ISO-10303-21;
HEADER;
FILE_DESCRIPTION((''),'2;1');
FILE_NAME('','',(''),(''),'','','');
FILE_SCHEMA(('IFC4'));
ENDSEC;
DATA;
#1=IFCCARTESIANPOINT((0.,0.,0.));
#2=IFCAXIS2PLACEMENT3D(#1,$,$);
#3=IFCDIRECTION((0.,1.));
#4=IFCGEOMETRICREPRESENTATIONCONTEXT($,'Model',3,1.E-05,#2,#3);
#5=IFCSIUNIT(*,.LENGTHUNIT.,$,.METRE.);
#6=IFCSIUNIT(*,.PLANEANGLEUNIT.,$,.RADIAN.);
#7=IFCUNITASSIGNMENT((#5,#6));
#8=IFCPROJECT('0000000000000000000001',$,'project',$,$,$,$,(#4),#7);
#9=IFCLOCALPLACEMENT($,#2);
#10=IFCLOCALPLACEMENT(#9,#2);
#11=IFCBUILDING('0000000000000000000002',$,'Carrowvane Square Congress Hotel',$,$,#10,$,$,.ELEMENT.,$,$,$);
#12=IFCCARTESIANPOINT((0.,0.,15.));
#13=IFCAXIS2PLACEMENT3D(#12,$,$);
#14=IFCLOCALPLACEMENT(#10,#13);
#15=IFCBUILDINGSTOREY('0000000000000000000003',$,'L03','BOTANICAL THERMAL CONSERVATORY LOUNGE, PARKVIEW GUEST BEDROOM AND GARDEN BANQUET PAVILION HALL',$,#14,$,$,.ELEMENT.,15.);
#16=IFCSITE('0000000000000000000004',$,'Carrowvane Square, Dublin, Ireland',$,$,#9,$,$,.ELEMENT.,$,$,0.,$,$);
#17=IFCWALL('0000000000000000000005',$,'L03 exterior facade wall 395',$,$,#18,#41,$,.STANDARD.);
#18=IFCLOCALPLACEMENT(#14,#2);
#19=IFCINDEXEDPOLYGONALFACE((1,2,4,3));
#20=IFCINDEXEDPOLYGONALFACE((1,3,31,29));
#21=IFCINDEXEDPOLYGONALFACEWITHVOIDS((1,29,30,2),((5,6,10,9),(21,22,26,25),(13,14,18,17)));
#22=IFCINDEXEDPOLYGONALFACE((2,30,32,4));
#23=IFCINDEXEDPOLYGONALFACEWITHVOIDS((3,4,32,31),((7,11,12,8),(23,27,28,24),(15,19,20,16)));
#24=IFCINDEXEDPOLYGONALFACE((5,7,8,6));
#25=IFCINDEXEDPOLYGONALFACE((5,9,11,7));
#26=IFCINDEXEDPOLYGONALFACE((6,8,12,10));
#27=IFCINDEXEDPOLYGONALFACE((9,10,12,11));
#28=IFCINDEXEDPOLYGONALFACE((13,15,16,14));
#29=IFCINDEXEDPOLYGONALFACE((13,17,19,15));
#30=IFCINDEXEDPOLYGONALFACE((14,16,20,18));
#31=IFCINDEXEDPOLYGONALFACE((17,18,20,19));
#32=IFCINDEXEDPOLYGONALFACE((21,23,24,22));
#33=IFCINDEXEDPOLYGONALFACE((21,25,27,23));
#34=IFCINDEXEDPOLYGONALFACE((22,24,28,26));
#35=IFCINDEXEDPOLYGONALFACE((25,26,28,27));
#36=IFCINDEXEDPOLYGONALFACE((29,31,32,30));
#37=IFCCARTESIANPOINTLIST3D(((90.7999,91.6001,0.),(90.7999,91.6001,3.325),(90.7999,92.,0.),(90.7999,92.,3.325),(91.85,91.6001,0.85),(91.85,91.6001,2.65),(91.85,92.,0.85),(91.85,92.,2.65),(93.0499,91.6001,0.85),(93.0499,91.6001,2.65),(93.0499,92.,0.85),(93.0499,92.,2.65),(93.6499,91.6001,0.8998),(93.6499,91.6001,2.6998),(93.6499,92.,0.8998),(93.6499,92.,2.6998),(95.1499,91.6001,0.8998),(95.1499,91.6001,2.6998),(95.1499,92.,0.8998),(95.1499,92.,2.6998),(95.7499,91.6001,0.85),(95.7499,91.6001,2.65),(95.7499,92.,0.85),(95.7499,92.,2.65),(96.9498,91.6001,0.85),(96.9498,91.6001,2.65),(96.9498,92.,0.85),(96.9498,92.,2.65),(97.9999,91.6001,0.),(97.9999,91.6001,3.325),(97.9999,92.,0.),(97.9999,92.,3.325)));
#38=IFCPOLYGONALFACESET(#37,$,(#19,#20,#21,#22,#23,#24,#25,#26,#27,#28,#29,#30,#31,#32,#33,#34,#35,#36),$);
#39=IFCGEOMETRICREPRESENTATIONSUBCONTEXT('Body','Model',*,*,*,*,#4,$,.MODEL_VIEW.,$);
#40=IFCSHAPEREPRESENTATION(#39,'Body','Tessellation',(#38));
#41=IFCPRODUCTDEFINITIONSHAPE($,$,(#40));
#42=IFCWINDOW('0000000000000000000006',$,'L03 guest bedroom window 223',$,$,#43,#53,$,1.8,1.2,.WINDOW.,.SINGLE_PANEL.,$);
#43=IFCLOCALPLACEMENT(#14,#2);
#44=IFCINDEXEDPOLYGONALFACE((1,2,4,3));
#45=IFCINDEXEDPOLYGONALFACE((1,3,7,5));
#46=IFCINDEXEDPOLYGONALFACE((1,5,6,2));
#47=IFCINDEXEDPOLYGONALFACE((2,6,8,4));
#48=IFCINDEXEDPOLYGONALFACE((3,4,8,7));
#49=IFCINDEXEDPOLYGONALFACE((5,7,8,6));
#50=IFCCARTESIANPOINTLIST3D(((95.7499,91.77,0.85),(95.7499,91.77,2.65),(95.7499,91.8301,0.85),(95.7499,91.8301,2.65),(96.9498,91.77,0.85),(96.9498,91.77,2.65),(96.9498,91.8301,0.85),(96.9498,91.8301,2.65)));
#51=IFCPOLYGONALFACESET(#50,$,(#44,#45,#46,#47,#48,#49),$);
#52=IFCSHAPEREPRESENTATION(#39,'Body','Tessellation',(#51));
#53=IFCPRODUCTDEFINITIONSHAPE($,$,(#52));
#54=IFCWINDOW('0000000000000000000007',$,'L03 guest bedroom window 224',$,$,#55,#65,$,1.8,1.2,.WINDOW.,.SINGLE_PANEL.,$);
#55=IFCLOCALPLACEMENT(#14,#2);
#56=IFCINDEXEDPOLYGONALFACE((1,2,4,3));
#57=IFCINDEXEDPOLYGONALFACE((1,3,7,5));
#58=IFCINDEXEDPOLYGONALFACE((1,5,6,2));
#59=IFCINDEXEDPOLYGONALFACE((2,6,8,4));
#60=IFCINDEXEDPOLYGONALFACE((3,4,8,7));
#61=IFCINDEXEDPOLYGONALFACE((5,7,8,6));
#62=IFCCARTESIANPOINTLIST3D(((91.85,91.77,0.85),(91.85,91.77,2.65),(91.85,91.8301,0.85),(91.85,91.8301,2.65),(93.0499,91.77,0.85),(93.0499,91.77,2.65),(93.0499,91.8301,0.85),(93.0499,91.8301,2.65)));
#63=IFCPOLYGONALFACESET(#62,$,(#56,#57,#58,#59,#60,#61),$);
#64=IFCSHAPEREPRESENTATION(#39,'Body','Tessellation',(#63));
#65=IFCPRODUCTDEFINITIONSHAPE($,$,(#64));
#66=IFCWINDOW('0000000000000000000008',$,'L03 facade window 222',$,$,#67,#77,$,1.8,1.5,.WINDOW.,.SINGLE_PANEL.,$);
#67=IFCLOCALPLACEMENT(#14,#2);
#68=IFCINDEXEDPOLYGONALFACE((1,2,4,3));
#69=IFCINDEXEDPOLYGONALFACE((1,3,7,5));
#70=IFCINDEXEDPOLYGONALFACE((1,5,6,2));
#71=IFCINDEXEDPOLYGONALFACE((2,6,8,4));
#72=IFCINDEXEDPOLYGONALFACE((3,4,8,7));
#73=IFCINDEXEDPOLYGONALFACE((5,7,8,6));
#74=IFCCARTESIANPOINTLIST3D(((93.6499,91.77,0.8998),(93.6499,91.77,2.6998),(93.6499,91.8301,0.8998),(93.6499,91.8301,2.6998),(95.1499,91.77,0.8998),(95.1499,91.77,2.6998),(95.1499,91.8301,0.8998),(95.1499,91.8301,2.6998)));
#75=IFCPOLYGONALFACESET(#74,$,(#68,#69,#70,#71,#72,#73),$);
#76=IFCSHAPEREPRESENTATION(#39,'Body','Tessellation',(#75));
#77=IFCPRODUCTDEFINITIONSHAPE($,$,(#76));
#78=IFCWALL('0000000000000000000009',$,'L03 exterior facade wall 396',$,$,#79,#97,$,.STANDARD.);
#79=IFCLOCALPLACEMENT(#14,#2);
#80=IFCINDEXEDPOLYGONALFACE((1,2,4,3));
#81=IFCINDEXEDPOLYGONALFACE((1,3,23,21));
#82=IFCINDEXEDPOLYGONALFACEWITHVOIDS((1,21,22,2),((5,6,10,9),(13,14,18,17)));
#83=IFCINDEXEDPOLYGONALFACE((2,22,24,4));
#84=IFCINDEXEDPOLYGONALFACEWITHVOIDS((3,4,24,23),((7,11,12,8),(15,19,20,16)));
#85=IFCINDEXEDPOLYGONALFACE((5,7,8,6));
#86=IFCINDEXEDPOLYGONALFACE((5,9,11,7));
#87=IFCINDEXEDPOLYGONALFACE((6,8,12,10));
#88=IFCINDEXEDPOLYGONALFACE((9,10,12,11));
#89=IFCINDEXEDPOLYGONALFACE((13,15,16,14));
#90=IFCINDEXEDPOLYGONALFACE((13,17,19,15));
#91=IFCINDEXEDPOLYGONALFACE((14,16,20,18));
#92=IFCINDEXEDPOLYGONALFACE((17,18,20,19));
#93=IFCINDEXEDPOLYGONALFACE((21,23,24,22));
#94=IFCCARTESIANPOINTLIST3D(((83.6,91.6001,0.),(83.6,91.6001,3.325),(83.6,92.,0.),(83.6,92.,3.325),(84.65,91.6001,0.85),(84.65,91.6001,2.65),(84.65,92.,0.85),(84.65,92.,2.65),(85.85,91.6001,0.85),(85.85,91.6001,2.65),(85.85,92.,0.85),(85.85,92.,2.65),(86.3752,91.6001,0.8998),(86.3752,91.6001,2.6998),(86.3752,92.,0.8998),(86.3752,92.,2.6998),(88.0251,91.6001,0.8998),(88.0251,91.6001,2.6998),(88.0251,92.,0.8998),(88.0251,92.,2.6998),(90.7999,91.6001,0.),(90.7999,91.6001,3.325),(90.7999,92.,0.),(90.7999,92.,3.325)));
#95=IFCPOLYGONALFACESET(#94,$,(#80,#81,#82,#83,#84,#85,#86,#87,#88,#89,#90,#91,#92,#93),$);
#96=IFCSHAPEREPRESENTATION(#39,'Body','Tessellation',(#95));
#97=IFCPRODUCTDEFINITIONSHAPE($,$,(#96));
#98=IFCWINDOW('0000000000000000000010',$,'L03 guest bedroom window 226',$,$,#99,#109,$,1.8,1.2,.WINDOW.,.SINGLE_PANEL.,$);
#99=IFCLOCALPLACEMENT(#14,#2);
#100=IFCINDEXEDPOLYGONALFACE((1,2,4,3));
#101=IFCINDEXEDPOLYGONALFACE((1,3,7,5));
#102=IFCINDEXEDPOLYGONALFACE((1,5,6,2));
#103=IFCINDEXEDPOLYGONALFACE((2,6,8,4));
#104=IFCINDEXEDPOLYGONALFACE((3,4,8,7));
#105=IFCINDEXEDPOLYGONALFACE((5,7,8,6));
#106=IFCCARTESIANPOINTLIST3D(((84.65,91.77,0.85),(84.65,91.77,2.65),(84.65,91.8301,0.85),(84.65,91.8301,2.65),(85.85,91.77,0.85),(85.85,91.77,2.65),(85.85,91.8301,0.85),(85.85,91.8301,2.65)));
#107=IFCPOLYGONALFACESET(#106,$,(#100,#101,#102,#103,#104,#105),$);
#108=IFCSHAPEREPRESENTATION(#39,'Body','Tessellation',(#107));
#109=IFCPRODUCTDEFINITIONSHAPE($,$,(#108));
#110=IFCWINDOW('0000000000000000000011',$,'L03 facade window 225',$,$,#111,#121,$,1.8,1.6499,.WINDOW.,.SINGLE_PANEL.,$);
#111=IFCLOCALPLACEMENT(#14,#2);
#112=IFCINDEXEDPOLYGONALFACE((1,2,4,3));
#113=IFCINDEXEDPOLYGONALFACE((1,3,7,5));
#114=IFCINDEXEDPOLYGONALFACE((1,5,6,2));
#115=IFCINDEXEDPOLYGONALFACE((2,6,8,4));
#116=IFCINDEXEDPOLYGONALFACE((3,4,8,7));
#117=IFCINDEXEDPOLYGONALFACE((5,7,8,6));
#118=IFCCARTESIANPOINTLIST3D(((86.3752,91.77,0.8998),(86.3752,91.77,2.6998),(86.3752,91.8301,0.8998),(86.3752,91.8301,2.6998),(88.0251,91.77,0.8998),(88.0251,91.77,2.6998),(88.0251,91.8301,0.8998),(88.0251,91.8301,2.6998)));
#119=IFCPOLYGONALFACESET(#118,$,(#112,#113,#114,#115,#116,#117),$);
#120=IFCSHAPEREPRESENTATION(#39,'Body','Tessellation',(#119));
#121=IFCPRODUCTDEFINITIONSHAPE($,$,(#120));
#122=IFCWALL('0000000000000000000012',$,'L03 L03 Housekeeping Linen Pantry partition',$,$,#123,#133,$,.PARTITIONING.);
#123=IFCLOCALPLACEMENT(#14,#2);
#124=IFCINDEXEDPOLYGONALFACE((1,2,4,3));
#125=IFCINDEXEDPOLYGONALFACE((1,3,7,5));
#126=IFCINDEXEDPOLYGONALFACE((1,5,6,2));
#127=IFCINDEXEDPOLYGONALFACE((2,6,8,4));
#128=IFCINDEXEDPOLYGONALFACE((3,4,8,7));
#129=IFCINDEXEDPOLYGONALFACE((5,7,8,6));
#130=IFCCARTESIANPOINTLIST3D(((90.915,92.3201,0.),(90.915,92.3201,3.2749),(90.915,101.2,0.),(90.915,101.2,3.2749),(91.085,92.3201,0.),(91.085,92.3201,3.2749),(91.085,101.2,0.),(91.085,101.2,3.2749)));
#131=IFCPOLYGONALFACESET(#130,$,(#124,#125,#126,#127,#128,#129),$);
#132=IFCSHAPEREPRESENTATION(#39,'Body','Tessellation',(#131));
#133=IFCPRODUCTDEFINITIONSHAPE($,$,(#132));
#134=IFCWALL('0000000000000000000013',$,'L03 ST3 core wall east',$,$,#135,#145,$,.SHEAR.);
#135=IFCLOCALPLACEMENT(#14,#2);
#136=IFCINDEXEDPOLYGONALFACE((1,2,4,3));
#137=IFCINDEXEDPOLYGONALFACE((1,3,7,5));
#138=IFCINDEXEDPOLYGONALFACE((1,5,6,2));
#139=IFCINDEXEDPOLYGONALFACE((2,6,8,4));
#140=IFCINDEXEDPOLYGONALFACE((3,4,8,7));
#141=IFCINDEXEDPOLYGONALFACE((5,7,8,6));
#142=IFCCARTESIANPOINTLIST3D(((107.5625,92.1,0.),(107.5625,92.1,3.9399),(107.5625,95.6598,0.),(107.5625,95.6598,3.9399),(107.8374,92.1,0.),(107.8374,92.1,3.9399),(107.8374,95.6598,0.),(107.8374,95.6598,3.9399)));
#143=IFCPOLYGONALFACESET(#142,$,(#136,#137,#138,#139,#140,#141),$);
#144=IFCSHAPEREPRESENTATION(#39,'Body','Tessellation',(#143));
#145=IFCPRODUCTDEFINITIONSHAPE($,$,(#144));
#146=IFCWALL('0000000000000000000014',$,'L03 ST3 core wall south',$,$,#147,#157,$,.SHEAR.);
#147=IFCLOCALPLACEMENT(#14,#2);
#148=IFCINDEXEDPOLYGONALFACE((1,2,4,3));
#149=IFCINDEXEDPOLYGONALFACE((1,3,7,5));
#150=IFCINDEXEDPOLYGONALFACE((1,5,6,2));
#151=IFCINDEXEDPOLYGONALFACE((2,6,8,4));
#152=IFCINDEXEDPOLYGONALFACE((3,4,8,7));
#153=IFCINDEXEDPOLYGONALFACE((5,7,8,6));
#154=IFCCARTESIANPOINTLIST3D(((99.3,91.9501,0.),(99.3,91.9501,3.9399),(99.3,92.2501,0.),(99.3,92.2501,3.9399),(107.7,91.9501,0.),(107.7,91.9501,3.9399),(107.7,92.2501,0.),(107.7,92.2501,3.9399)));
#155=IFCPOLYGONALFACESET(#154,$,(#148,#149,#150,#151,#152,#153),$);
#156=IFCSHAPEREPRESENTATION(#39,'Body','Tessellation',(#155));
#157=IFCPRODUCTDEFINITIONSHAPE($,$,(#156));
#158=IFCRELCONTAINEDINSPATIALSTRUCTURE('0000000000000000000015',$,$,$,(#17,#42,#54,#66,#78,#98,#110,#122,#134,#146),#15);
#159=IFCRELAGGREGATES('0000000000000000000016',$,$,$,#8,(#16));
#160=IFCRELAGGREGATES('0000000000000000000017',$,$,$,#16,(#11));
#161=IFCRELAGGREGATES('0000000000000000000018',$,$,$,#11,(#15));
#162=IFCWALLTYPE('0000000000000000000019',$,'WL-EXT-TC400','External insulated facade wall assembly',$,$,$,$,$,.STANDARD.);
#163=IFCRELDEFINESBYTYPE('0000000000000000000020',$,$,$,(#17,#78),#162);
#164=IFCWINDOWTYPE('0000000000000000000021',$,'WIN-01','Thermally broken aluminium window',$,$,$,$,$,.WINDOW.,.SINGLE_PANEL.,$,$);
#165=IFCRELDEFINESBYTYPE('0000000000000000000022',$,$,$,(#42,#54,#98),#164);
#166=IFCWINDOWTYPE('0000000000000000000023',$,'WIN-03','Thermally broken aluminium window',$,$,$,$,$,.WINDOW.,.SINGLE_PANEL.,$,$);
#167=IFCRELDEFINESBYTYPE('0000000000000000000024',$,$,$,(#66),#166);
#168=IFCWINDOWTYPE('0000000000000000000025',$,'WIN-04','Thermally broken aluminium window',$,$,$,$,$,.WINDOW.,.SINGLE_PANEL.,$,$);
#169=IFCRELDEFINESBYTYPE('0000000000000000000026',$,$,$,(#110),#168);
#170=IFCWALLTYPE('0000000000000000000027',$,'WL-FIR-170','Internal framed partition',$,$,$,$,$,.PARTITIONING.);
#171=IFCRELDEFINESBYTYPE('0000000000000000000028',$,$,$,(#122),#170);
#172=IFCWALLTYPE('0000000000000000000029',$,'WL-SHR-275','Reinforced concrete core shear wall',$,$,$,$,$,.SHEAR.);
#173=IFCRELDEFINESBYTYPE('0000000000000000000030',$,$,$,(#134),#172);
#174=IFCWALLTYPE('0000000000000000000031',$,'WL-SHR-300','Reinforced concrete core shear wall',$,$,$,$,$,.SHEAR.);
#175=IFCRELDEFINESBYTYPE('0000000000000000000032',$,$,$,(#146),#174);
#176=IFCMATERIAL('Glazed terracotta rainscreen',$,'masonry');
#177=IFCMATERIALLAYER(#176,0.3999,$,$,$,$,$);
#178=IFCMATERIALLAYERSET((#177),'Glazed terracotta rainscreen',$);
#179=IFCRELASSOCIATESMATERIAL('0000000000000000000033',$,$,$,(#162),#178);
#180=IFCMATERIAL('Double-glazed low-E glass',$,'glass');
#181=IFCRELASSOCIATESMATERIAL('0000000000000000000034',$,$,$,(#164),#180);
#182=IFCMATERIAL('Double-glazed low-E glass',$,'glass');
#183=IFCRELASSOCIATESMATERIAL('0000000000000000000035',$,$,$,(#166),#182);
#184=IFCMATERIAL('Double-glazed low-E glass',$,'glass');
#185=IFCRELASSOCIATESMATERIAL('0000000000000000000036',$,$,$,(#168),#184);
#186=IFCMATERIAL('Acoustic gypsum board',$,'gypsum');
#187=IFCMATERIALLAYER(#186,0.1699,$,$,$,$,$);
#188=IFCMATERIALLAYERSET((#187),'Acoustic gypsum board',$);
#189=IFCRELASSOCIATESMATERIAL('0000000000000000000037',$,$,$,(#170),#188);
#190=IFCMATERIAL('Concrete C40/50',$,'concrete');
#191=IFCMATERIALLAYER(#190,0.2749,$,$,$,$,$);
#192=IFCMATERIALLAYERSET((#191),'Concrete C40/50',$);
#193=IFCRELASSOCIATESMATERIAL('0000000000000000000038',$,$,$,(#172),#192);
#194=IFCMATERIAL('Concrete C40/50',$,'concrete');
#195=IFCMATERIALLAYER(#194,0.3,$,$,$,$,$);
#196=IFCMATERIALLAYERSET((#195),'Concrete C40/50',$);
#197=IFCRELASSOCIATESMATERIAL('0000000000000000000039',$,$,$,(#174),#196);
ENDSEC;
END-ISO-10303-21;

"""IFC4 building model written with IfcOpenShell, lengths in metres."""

from ifc_helpers import new_model, si_unit, direction, frame, frame_2d, origin, place, context, subcontext, project, spatial, rectangle, extrude, material, layer, layer_set, type_object, element, fill, save


model = new_model("IFC4")

# Units and contexts
model_context = context("Model", 3, precision=1e-05, world=origin(), true_north=direction((0.0, 1.0)))
body_context = subcontext(model_context, "Body", "Model", "MODEL_VIEW")
ifc_project = project(units=[si_unit("LENGTHUNIT", "METRE"), si_unit("PLANEANGLEUNIT", "RADIAN")], contexts=[model_context])

# Site, building, storey
site_placement = place(None, origin())
site = spatial("IfcSite", under=ifc_project, at=site_placement, Name="Carrowvane Square, Dublin, Ireland", CompositionType="ELEMENT", RefElevation=0.0)
building_placement = place(site_placement, origin())
building = spatial("IfcBuilding", under=site, at=building_placement, Name="Carrowvane Square Congress Hotel", CompositionType="ELEMENT")
storey_placement = place(building_placement, frame((0.0, 0.0, 15.0)))
storey = spatial("IfcBuildingStorey", under=building, at=storey_placement, Name="L03", Description="BOTANICAL THERMAL CONSERVATORY LOUNGE, PARKVIEW GUEST BEDROOM AND GARDEN BANQUET PAVILION HALL", CompositionType="ELEMENT", Elevation=15.0)

# Walls, openings, windows
ifc_material_1 = material(Name="Glazed terracotta rainscreen", Category="masonry")
ifc_layer_1 = layer(ifc_material_1, 0.3999)
ifc_layer_set_1 = layer_set([ifc_layer_1], Name="Glazed terracotta rainscreen")
wall_type_1 = type_object("IfcWallType", Name="WL-EXT-TC400", Description="External insulated facade wall assembly", PredefinedType="STANDARD", material=ifc_layer_set_1)
ifc_material_2 = material(Name="Double-glazed low-E glass", Category="glass")
window_type_1 = type_object("IfcWindowType", Name="WIN-01", Description="Thermally broken aluminium window", PartitioningType="SINGLE_PANEL", PredefinedType="WINDOW", material=ifc_material_2)
wall_1_placement = place(storey_placement, frame((98.0, 91.8, 0.0), z_axis=(0.0, 0.0, 1.0), x_axis=(-1.0, 0.0, 0.0)))
wall_1 = element("IfcWall", 1, at=wall_1_placement, inside=storey, type_object=wall_type_1, Name="L03 exterior facade wall 395", PredefinedType="STANDARD", context=body_context, shape_type="SweptSolid", body=[
    extrude(rectangle(XDim=7.2, YDim=0.3999, at=frame_2d((3.6001, 0.0))), origin(), (0.0, 0.0, 1.0), 3.325),
])
opening_1_placement = place(wall_1_placement, frame((2.8501, 0.0, 0.8999)))
opening_1 = element("IfcOpeningElement", 2, at=opening_1_placement, cuts=wall_1, PredefinedType="OPENING", context=body_context, shape_type="SweptSolid", body=[
    extrude(rectangle(XDim=1.5, YDim=1.8, at=frame_2d((0.75, 0.8999))), frame((0.0, 0.21, 0.0), z_axis=(0.0, -1.0, 0.0), x_axis=(1.0, 0.0, 0.0)), (0.0, 0.0, 1.0), 0.4199),
])
opening_2_placement = place(wall_1_placement, frame((1.05, 0.0, 0.8501)))
opening_2 = element("IfcOpeningElement", 3, at=opening_2_placement, cuts=wall_1, PredefinedType="OPENING", context=body_context, shape_type="SweptSolid", body=[
    extrude(rectangle(XDim=1.2, YDim=1.8, at=frame_2d((0.6001, 0.8999))), frame((0.0, 0.21, 0.0), z_axis=(0.0, -1.0, 0.0), x_axis=(1.0, 0.0, 0.0)), (0.0, 0.0, 1.0), 0.4199),
])
opening_3_placement = place(wall_1_placement, frame((4.95, 0.0, 0.8501)))
opening_3 = element("IfcOpeningElement", 4, at=opening_3_placement, cuts=wall_1, PredefinedType="OPENING", context=body_context, shape_type="SweptSolid", body=[
    extrude(rectangle(XDim=1.2, YDim=1.8, at=frame_2d((0.6001, 0.8999))), frame((0.0, 0.21, 0.0), z_axis=(0.0, -1.0, 0.0), x_axis=(1.0, 0.0, 0.0)), (0.0, 0.0, 1.0), 0.4199),
])
window_1_placement = place(opening_2_placement, origin())
window_1 = element("IfcWindow", 5, at=window_1_placement, inside=storey, type_object=window_type_1, Name="L03 guest bedroom window 223", OverallHeight=1.8, OverallWidth=1.2, PartitioningType="SINGLE_PANEL", PredefinedType="WINDOW", context=body_context, shape_type="SweptSolid", body=[
    extrude(rectangle(XDim=1.2, YDim=1.8, at=frame_2d((0.6001, 0.8999))), frame((0.0, 0.03, 0.0), z_axis=(0.0, -1.0, 0.0), x_axis=(1.0, 0.0, 0.0)), (0.0, 0.0, 1.0), 0.0601),
])
fill(opening_2, window_1)
window_2_placement = place(opening_3_placement, origin())
window_2 = element("IfcWindow", 6, at=window_2_placement, inside=storey, type_object=window_type_1, Name="L03 guest bedroom window 224", OverallHeight=1.8, OverallWidth=1.2, PartitioningType="SINGLE_PANEL", PredefinedType="WINDOW", context=body_context, shape_type="SweptSolid", body=[
    extrude(rectangle(XDim=1.2, YDim=1.8, at=frame_2d((0.6001, 0.8999))), frame((0.0, 0.03, 0.0), z_axis=(0.0, -1.0, 0.0), x_axis=(1.0, 0.0, 0.0)), (0.0, 0.0, 1.0), 0.0601),
])
fill(opening_3, window_2)
ifc_material_3 = material(Name="Double-glazed low-E glass", Category="glass")
window_type_2 = type_object("IfcWindowType", Name="WIN-03", Description="Thermally broken aluminium window", PartitioningType="SINGLE_PANEL", PredefinedType="WINDOW", material=ifc_material_3)
window_3_placement = place(opening_1_placement, origin())
window_3 = element("IfcWindow", 7, at=window_3_placement, inside=storey, type_object=window_type_2, Name="L03 facade window 222", OverallHeight=1.8, OverallWidth=1.5, PartitioningType="SINGLE_PANEL", PredefinedType="WINDOW", context=body_context, shape_type="SweptSolid", body=[
    extrude(rectangle(XDim=1.5, YDim=1.8, at=frame_2d((0.75, 0.8999))), frame((0.0, 0.03, 0.0), z_axis=(0.0, -1.0, 0.0), x_axis=(1.0, 0.0, 0.0)), (0.0, 0.0, 1.0), 0.0601),
])
fill(opening_1, window_3)
wall_2_placement = place(storey_placement, frame((90.8, 91.8, 0.0), z_axis=(0.0, 0.0, 1.0), x_axis=(-1.0, 0.0, 0.0)))
wall_2 = element("IfcWall", 8, at=wall_2_placement, inside=storey, type_object=wall_type_1, Name="L03 exterior facade wall 396", PredefinedType="STANDARD", context=body_context, shape_type="SweptSolid", body=[
    extrude(rectangle(XDim=7.2, YDim=0.3999, at=frame_2d((3.6001, 0.0))), origin(), (0.0, 0.0, 1.0), 3.325),
])
opening_4_placement = place(wall_2_placement, frame((2.7749, 0.0, 0.8999)))
opening_4 = element("IfcOpeningElement", 9, at=opening_4_placement, cuts=wall_2, PredefinedType="OPENING", context=body_context, shape_type="SweptSolid", body=[
    extrude(rectangle(XDim=1.6499, YDim=1.8, at=frame_2d((0.825, 0.8999))), frame((0.0, 0.21, 0.0), z_axis=(0.0, -1.0, 0.0), x_axis=(1.0, 0.0, 0.0)), (0.0, 0.0, 1.0), 0.4199),
])
opening_5_placement = place(wall_2_placement, frame((4.95, 0.0, 0.8501)))
opening_5 = element("IfcOpeningElement", 10, at=opening_5_placement, cuts=wall_2, PredefinedType="OPENING", context=body_context, shape_type="SweptSolid", body=[
    extrude(rectangle(XDim=1.2, YDim=1.8, at=frame_2d((0.6001, 0.8999))), frame((0.0, 0.21, 0.0), z_axis=(0.0, -1.0, 0.0), x_axis=(1.0, 0.0, 0.0)), (0.0, 0.0, 1.0), 0.4199),
])
window_4_placement = place(opening_5_placement, origin())
window_4 = element("IfcWindow", 11, at=window_4_placement, inside=storey, type_object=window_type_1, Name="L03 guest bedroom window 226", OverallHeight=1.8, OverallWidth=1.2, PartitioningType="SINGLE_PANEL", PredefinedType="WINDOW", context=body_context, shape_type="SweptSolid", body=[
    extrude(rectangle(XDim=1.2, YDim=1.8, at=frame_2d((0.6001, 0.8999))), frame((0.0, 0.03, 0.0), z_axis=(0.0, -1.0, 0.0), x_axis=(1.0, 0.0, 0.0)), (0.0, 0.0, 1.0), 0.0601),
])
fill(opening_5, window_4)
ifc_material_4 = material(Name="Double-glazed low-E glass", Category="glass")
window_type_3 = type_object("IfcWindowType", Name="WIN-04", Description="Thermally broken aluminium window", PartitioningType="SINGLE_PANEL", PredefinedType="WINDOW", material=ifc_material_4)
window_5_placement = place(opening_4_placement, origin())
window_5 = element("IfcWindow", 12, at=window_5_placement, inside=storey, type_object=window_type_3, Name="L03 facade window 225", OverallHeight=1.8, OverallWidth=1.6499, PartitioningType="SINGLE_PANEL", PredefinedType="WINDOW", context=body_context, shape_type="SweptSolid", body=[
    extrude(rectangle(XDim=1.6499, YDim=1.8, at=frame_2d((0.825, 0.8999))), frame((0.0, 0.03, 0.0), z_axis=(0.0, -1.0, 0.0), x_axis=(1.0, 0.0, 0.0)), (0.0, 0.0, 1.0), 0.0601),
])
fill(opening_4, window_5)

# Walls
ifc_material_5 = material(Name="Acoustic gypsum board", Category="gypsum")
ifc_layer_2 = layer(ifc_material_5, 0.1699)
ifc_layer_set_2 = layer_set([ifc_layer_2], Name="Acoustic gypsum board")
wall_type_2 = type_object("IfcWallType", Name="WL-FIR-170", Description="Internal framed partition", PredefinedType="PARTITIONING", material=ifc_layer_set_2)
wall_3_placement = place(storey_placement, frame((91.0, 92.3201, 0.0), z_axis=(0.0, 0.0, 1.0), x_axis=(0.0, 1.0, 0.0)))
element("IfcWall", 13, at=wall_3_placement, inside=storey, type_object=wall_type_2, Name="L03 L03 Housekeeping Linen Pantry partition", PredefinedType="PARTITIONING", context=body_context, shape_type="SweptSolid", body=[
    extrude(rectangle(XDim=8.8799, YDim=0.1699, at=frame_2d((4.4399, 0.0))), origin(), (0.0, 0.0, 1.0), 3.2749),
])
ifc_material_6 = material(Name="Concrete C40/50", Category="concrete")
ifc_layer_3 = layer(ifc_material_6, 0.2749)
ifc_layer_set_3 = layer_set([ifc_layer_3], Name="Concrete C40/50")
wall_type_3 = type_object("IfcWallType", Name="WL-SHR-275", Description="Reinforced concrete core shear wall", PredefinedType="SHEAR", material=ifc_layer_set_3)
wall_4_placement = place(storey_placement, frame((107.7, 92.1001, 0.0), z_axis=(0.0, 0.0, 1.0), x_axis=(0.0, 1.0, 0.0)))
element("IfcWall", 14, at=wall_4_placement, inside=storey, type_object=wall_type_3, Name="L03 ST3 core wall east", PredefinedType="SHEAR", context=body_context, shape_type="SweptSolid", body=[
    extrude(rectangle(XDim=3.5598, YDim=0.2749, at=frame_2d((1.7798, 0.0))), origin(), (0.0, 0.0, 1.0), 3.9399),
])
ifc_material_7 = material(Name="Concrete C40/50", Category="concrete")
ifc_layer_4 = layer(ifc_material_7, 0.3)
ifc_layer_set_4 = layer_set([ifc_layer_4], Name="Concrete C40/50")
wall_type_4 = type_object("IfcWallType", Name="WL-SHR-300", Description="Reinforced concrete core shear wall", PredefinedType="SHEAR", material=ifc_layer_set_4)
wall_5_placement = place(storey_placement, frame((99.3, 92.1001, 0.0), z_axis=(0.0, 0.0, 1.0), x_axis=(1.0, 0.0, 0.0)))
element("IfcWall", 15, at=wall_5_placement, inside=storey, type_object=wall_type_4, Name="L03 ST3 core wall south", PredefinedType="SHEAR", context=body_context, shape_type="SweptSolid", body=[
    extrude(rectangle(XDim=8.3999, YDim=0.3, at=frame_2d((4.2, 0.0))), origin(), (0.0, 0.0, 1.0), 3.9399),
])

save(model, "model.ifc")
